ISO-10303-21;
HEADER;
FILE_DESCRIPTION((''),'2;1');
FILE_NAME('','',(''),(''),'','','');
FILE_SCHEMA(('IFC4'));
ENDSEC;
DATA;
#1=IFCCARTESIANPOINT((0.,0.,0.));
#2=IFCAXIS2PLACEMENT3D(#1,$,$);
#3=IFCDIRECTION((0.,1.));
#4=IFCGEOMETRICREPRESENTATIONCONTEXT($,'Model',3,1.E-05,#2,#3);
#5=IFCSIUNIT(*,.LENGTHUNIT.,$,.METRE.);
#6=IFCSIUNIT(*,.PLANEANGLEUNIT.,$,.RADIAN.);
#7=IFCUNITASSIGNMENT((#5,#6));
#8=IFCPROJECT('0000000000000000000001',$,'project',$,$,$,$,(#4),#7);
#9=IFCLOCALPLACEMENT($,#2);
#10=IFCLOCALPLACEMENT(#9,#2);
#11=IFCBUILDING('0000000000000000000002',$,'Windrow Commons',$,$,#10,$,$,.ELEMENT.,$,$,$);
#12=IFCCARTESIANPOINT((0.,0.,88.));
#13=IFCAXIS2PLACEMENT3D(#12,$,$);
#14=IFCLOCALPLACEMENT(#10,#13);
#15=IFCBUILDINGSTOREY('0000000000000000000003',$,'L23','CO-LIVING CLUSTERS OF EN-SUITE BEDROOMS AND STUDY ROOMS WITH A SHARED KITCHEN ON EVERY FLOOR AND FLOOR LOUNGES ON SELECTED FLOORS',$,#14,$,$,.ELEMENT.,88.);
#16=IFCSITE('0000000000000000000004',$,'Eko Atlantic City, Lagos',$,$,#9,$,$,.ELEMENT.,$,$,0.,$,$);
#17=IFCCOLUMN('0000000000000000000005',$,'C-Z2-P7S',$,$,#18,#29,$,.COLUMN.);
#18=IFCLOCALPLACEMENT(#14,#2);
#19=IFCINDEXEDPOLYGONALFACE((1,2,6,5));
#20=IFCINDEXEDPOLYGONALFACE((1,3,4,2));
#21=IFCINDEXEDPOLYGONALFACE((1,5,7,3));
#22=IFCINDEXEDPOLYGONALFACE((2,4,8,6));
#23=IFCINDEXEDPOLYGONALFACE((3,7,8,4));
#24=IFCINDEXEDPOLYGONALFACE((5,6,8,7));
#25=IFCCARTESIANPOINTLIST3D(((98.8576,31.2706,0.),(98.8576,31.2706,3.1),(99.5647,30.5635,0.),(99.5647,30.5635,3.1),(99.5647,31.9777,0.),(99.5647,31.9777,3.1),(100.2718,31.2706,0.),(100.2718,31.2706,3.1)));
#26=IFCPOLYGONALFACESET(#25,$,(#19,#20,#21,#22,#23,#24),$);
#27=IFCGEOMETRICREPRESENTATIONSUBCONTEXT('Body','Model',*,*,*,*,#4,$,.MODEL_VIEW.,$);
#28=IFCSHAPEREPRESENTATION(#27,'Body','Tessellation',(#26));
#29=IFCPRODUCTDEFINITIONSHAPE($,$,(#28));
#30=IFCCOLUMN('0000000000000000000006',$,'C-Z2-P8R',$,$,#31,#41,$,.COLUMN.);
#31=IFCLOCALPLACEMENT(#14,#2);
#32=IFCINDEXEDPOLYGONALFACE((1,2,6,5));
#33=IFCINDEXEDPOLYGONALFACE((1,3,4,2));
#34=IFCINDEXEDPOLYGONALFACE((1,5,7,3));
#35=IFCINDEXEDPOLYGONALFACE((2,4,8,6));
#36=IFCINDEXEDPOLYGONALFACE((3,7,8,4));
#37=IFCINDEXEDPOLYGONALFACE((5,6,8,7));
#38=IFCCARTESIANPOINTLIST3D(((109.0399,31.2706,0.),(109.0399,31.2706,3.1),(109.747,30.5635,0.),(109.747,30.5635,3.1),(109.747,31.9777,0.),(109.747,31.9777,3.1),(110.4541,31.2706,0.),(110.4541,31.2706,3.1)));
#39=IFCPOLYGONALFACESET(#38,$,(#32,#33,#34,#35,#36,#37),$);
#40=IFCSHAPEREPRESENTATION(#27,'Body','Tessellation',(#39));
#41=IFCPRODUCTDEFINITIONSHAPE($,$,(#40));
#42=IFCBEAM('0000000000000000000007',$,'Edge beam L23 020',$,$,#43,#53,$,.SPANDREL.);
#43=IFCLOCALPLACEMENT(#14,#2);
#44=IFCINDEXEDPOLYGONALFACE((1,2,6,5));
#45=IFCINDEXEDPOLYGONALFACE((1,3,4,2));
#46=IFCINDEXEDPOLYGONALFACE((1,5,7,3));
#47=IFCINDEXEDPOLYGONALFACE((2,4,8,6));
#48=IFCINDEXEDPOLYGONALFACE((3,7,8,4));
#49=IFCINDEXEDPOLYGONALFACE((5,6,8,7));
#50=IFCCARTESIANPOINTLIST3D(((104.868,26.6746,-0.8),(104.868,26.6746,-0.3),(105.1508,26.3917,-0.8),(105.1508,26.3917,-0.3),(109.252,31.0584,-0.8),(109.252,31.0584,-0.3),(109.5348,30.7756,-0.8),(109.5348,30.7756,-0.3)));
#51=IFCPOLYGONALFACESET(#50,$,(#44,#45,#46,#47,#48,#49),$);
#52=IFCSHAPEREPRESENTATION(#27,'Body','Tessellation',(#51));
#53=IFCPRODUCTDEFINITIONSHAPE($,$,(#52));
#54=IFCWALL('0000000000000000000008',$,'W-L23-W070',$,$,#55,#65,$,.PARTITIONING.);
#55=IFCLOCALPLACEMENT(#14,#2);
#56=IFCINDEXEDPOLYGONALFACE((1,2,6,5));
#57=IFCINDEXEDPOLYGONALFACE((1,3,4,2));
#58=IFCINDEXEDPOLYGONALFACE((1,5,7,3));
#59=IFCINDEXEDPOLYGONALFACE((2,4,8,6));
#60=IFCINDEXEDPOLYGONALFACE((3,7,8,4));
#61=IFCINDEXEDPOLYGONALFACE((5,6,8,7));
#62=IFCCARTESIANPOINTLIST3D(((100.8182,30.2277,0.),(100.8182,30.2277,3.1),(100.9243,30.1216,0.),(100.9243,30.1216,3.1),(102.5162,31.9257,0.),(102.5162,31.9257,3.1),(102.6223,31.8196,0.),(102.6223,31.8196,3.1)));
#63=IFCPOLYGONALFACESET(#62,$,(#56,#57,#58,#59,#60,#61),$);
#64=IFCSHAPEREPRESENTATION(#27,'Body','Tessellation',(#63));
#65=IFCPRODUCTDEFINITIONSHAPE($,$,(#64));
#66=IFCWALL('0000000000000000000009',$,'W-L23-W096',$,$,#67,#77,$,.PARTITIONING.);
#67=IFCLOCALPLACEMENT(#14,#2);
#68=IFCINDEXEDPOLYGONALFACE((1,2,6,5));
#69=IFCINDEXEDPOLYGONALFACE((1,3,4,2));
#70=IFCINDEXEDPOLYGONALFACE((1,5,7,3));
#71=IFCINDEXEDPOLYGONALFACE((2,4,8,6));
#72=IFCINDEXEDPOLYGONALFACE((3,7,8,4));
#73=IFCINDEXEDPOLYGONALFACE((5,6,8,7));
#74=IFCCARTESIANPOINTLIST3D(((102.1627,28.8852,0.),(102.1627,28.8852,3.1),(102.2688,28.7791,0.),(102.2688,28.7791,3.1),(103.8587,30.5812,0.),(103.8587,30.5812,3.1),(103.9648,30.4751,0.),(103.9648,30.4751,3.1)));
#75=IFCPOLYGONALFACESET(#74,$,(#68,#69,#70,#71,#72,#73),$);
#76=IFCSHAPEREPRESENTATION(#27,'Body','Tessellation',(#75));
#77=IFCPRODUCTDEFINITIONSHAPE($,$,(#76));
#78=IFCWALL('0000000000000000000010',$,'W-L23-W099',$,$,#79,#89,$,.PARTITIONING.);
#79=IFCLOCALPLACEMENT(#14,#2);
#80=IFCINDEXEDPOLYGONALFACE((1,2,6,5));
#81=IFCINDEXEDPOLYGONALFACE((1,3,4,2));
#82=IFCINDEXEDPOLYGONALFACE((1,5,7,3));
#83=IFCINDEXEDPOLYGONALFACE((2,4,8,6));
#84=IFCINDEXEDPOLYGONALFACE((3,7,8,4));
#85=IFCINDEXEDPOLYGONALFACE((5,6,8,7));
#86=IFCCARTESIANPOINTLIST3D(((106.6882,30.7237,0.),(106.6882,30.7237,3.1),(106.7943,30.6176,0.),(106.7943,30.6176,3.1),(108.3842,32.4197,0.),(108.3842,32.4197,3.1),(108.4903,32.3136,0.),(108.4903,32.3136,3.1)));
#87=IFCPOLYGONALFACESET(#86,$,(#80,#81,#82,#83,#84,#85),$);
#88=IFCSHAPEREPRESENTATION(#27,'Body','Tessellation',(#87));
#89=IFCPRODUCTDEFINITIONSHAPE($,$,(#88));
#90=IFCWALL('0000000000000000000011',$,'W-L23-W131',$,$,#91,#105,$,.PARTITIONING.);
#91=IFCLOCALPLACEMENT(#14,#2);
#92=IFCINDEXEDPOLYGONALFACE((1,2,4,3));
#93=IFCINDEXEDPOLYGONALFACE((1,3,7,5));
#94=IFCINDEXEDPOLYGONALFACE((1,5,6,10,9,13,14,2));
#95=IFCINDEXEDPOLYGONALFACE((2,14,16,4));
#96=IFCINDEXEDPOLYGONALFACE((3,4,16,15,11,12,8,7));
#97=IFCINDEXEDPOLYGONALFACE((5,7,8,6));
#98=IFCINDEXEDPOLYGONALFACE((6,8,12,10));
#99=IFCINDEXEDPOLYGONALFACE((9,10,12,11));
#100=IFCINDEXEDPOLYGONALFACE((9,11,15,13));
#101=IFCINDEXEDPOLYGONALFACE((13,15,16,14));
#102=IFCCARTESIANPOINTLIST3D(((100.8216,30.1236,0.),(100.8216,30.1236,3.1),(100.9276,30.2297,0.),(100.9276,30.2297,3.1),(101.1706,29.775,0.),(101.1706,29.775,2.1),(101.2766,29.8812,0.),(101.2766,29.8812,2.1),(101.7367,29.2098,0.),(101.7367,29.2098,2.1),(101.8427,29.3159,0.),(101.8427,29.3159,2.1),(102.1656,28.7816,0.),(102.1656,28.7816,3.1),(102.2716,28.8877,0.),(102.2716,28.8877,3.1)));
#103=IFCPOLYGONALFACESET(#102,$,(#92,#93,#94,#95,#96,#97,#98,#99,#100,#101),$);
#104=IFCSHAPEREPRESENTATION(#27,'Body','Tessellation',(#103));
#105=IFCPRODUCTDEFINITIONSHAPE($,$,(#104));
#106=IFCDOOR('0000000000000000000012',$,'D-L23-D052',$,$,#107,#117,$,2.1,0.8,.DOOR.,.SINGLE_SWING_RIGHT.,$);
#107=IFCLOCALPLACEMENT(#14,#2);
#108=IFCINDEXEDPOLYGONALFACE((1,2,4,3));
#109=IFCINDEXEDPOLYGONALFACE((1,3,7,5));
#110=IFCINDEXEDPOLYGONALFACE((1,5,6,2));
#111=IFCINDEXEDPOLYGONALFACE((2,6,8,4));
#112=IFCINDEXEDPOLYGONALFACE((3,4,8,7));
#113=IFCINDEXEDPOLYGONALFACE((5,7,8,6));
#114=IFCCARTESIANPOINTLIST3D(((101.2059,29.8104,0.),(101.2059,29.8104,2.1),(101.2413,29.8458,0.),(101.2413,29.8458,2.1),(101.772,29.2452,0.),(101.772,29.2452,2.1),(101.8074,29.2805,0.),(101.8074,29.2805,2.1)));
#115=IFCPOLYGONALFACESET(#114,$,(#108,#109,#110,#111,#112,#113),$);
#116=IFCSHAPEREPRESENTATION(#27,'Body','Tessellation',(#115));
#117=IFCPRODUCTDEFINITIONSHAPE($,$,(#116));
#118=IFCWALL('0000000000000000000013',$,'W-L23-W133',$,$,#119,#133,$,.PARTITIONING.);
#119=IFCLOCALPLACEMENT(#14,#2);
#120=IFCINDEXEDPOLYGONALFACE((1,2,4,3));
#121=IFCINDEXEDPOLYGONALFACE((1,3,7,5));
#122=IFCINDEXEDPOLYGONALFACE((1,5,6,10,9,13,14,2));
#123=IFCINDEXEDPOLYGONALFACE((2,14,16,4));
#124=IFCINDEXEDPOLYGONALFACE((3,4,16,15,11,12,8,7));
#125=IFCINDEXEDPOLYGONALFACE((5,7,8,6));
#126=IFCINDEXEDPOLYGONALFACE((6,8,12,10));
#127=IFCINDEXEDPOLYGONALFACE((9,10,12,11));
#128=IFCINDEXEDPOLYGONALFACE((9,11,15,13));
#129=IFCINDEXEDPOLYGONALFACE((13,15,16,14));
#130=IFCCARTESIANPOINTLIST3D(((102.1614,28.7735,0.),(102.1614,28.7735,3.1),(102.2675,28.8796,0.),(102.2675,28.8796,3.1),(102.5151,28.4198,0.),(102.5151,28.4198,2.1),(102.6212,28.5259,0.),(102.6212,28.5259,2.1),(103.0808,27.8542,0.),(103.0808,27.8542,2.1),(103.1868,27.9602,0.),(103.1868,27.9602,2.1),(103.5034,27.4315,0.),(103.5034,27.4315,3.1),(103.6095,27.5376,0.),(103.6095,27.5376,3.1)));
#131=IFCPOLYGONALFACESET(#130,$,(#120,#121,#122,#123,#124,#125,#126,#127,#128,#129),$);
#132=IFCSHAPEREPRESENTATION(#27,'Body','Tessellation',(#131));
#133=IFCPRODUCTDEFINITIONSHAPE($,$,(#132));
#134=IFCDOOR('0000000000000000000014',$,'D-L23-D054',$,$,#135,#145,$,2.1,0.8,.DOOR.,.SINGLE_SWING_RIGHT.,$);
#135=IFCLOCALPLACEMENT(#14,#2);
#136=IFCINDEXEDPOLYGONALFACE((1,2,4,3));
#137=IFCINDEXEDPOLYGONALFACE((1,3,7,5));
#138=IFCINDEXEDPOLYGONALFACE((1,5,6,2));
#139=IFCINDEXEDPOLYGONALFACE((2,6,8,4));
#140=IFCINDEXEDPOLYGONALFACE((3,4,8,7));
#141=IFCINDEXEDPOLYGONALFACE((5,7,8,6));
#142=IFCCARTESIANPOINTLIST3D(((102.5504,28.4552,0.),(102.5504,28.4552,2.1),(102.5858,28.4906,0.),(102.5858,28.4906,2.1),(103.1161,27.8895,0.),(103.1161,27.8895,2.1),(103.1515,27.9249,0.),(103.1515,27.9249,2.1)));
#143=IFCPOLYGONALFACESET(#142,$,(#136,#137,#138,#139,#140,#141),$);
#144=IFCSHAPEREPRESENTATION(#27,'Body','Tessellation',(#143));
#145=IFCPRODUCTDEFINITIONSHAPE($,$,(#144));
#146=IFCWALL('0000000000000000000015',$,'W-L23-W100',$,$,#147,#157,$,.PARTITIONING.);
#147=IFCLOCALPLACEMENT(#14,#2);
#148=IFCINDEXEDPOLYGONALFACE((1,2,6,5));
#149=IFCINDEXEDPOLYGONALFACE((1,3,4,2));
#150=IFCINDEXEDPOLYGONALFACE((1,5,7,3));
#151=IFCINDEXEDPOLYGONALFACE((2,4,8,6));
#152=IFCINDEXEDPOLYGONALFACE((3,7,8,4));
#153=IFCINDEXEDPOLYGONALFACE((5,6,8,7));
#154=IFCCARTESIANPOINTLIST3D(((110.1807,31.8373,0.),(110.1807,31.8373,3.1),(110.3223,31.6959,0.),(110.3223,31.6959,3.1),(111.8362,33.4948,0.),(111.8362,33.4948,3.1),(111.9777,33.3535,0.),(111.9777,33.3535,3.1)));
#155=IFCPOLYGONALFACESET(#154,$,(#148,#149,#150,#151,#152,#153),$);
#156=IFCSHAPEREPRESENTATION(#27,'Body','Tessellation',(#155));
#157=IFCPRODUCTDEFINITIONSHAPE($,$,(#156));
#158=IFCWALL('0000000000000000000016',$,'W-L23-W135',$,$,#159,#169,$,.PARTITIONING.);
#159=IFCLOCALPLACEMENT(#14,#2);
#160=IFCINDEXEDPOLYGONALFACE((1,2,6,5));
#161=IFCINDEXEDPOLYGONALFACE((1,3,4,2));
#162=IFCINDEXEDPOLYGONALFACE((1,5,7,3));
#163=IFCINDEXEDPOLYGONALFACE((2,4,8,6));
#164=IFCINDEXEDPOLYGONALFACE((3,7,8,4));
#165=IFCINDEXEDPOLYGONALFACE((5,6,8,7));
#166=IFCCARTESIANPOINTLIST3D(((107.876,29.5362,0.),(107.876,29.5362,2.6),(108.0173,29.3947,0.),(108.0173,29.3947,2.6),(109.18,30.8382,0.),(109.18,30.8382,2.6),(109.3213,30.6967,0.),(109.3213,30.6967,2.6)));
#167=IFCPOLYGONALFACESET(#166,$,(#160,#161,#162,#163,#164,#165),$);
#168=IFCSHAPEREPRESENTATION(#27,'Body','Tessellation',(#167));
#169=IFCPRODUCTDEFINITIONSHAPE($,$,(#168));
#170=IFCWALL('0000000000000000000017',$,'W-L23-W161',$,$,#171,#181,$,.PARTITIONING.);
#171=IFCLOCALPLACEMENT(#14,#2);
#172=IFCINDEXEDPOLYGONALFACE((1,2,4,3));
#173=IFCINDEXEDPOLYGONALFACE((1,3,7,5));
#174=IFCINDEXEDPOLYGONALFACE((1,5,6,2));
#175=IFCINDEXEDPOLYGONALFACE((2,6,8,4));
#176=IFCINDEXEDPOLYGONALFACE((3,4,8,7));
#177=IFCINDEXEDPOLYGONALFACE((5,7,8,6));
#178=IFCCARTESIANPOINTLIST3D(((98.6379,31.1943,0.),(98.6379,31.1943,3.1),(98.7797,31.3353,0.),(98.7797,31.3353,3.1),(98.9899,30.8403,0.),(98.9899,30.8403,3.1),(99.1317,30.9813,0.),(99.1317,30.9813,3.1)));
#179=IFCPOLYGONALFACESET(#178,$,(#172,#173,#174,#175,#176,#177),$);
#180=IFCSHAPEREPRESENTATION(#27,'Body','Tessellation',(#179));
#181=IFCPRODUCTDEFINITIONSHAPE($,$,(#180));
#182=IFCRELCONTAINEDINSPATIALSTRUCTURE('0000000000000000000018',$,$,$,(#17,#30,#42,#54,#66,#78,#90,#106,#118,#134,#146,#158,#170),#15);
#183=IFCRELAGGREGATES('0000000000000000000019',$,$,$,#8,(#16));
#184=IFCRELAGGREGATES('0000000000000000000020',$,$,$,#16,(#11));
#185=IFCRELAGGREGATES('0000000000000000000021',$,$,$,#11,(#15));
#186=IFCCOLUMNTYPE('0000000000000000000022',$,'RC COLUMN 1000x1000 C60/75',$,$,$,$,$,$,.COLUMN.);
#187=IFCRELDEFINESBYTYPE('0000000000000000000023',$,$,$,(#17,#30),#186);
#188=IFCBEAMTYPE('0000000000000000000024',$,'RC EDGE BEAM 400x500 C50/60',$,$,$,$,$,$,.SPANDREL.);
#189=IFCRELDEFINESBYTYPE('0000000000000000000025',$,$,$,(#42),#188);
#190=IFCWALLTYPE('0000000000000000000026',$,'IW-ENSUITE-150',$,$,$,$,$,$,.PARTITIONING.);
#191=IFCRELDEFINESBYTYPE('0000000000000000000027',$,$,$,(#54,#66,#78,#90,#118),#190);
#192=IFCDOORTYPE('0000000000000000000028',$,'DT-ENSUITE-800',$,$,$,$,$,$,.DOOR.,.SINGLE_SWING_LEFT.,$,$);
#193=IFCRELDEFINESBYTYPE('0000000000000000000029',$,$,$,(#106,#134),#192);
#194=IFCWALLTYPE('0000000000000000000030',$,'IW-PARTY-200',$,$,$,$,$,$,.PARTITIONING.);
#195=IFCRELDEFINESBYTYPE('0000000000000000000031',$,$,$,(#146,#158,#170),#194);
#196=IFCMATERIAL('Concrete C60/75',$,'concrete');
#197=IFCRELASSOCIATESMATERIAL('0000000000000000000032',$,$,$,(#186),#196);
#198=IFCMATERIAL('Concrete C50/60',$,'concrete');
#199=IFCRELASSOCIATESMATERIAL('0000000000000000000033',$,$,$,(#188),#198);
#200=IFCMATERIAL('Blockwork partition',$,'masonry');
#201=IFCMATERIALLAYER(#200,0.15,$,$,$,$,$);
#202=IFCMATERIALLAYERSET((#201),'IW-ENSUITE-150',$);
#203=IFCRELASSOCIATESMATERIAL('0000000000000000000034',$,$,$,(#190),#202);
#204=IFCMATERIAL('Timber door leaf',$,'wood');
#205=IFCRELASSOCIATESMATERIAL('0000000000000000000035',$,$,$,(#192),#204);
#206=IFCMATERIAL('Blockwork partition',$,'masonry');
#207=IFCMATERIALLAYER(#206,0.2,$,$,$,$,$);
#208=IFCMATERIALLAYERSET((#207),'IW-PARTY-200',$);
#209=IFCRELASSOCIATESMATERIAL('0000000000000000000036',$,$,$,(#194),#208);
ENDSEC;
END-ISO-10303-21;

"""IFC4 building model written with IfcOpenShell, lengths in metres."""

from ifc_helpers import new_model, si_unit, direction, frame, frame_2d, origin, origin_2d, place, context, subcontext, project, spatial, rectangle, extrude, material, layer, layer_set, material_profile, profile_set, type_object, element, fill, save


model = new_model("IFC4")

# Units and contexts
model_context = context("Model", 3, precision=1e-05, world=origin(), true_north=direction((0.0, 1.0)))
body_context = subcontext(model_context, "Body", "Model", "MODEL_VIEW")
ifc_project = project(units=[si_unit("LENGTHUNIT", "METRE"), si_unit("PLANEANGLEUNIT", "RADIAN")], contexts=[model_context])

# Site, building, storey
site_placement = place(None, origin())
site = spatial("IfcSite", under=ifc_project, at=site_placement, Name="Eko Atlantic City, Lagos", CompositionType="ELEMENT", RefElevation=0.0)
building_placement = place(site_placement, origin())
building = spatial("IfcBuilding", under=site, at=building_placement, Name="Windrow Commons", CompositionType="ELEMENT")
storey_placement = place(building_placement, frame((0.0, 0.0, 88.0)))
storey = spatial("IfcBuildingStorey", under=building, at=storey_placement, Name="L23", Description="CO-LIVING CLUSTERS OF EN-SUITE BEDROOMS AND STUDY ROOMS WITH A SHARED KITCHEN ON EVERY FLOOR AND FLOOR LOUNGES ON SELECTED FLOORS", CompositionType="ELEMENT", Elevation=88.0)

# Columns
ifc_material_1 = material(Name="Concrete C60/75", Category="concrete")
ifc_material_profile_1 = material_profile(ifc_material_1, rectangle(XDim=1.0, YDim=1.0, at=origin_2d()))
ifc_profile_set_1 = profile_set([ifc_material_profile_1], Name="Concrete C60/75")
column_type = type_object("IfcColumnType", Name="RC COLUMN 1000x1000 C60/75", PredefinedType="COLUMN", material=ifc_profile_set_1)
for number, where, z_axis, x_axis, name in (
    (1, (99.5647, 31.2706, 0.0), (0.0, 0.0, 1.0), (0.707107, -0.707107, 0.0), "C-Z2-P7S"),
    (2, (109.747, 31.2706, 0.0), (0.0, 0.0, 1.0), (0.707107, -0.707107, 0.0), "C-Z2-P8R"),
):
    element("IfcColumn", number, at=place(storey_placement, frame(where, z_axis=z_axis, x_axis=x_axis)), inside=storey, type_object=column_type, Name=name, PredefinedType="COLUMN", context=body_context, shape_type="SweptSolid", body=[
        extrude(rectangle(XDim=1.0, YDim=1.0, at=origin_2d()), origin(), (0.0, 0.0, 1.0), 3.1),
    ])

# Beam
ifc_material_2 = material(Name="Concrete C50/60", Category="concrete")
ifc_material_profile_2 = material_profile(ifc_material_2, rectangle(XDim=0.4, YDim=0.5, at=origin_2d()))
ifc_profile_set_2 = profile_set([ifc_material_profile_2], Name="Concrete C50/60")
beam_type = type_object("IfcBeamType", Name="RC EDGE BEAM 400x500 C50/60", PredefinedType="SPANDREL", material=ifc_profile_set_2)
beam_placement = place(storey_placement, frame((109.3934, 30.917, -0.55), z_axis=(-0.707115, -0.707099, 0.0), x_axis=(0.707099, -0.707115, 0.0)))
element("IfcBeam", 3, at=beam_placement, inside=storey, type_object=beam_type, Name="Edge beam L23 020", PredefinedType="SPANDREL", context=body_context, shape_type="SweptSolid", body=[
    extrude(rectangle(XDim=0.4, YDim=0.5, at=origin_2d()), origin(), (0.0, 0.0, 1.0), 6.1998),
])

# Walls
ifc_material_3 = material(Name="Blockwork partition", Category="masonry")
ifc_layer_1 = layer(ifc_material_3, 0.15)
ifc_layer_set_1 = layer_set([ifc_layer_1], Name="IW-ENSUITE-150")
wall_type_1 = type_object("IfcWallType", Name="IW-ENSUITE-150", PredefinedType="PARTITIONING", material=ifc_layer_set_1)
wall_1_placement = place(storey_placement, frame((100.8713, 30.1747, 0.0), z_axis=(0.0, 0.0, 1.0), x_axis=(0.707107, 0.707107, 0.0)))
element("IfcWall", 4, at=wall_1_placement, inside=storey, type_object=wall_type_1, Name="W-L23-W070", PredefinedType="PARTITIONING", context=body_context, shape_type="SweptSolid", body=[
    extrude(rectangle(XDim=2.4013, YDim=0.15, at=frame_2d((1.2006, 0.0))), origin(), (0.0, 0.0, 1.0), 3.1),
])
for number, where, z_axis, x_axis, name in (
    (5, (102.2158, 28.8322, 0.0), (0.0, 0.0, 1.0), (0.707107, 0.707107, 0.0), "W-L23-W096"),
    (6, (106.7413, 30.6707, 0.0), (0.0, 0.0, 1.0), (0.707107, 0.707107, 0.0), "W-L23-W099"),
):
    element("IfcWall", number, at=place(storey_placement, frame(where, z_axis=z_axis, x_axis=x_axis)), inside=storey, type_object=wall_type_1, Name=name, PredefinedType="PARTITIONING", context=body_context, shape_type="SweptSolid", body=[
        extrude(rectangle(XDim=2.3985, YDim=0.15, at=frame_2d((1.1992, 0.0))), origin(), (0.0, 0.0, 1.0), 3.1),
    ])

# Walls, openings, doors
wall_2_placement = place(storey_placement, frame((100.8746, 30.1766, 0.0), z_axis=(0.0, 0.0, 1.0), x_axis=(0.707633, -0.70658, 0.0)))
wall_2 = element("IfcWall", 7, at=wall_2_placement, inside=storey, type_object=wall_type_1, Name="W-L23-W131", PredefinedType="PARTITIONING", context=body_context, shape_type="SweptSolid", body=[
    extrude(rectangle(XDim=1.8993, YDim=0.15, at=frame_2d((0.9496, 0.0))), origin(), (0.0, 0.0, 1.0), 3.1),
])
opening_1_placement = place(wall_2_placement, frame((0.4932, 0.0, 0.0)))
opening_1 = element("IfcOpeningElement", 8, at=opening_1_placement, cuts=wall_2, PredefinedType="OPENING", context=body_context, shape_type="SweptSolid", body=[
    extrude(rectangle(XDim=0.8, YDim=2.1, at=frame_2d((0.4, 1.05))), frame((0.0, 0.085, 0.0), z_axis=(0.0, -1.0, 0.0), x_axis=(1.0, 0.0, 0.0)), (0.0, 0.0, 1.0), 0.17),
])
ifc_material_4 = material(Name="Timber door leaf", Category="wood")
door_type = type_object("IfcDoorType", Name="DT-ENSUITE-800", OperationType="SINGLE_SWING_LEFT", PredefinedType="DOOR", material=ifc_material_4)
door_1_placement = place(opening_1_placement, origin())
door_1 = element("IfcDoor", 9, at=door_1_placement, inside=storey, type_object=door_type, Name="D-L23-D052", OperationType="SINGLE_SWING_RIGHT", OverallHeight=2.1, OverallWidth=0.8, PredefinedType="DOOR", context=body_context, shape_type="SweptSolid", body=[
    extrude(rectangle(XDim=0.8, YDim=2.1, at=frame_2d((0.4, 1.05))), frame((0.0, 0.025, 0.0), z_axis=(0.0, -1.0, 0.0), x_axis=(1.0, 0.0, 0.0)), (0.0, 0.0, 1.0), 0.05),
])
fill(opening_1, door_1)
wall_3_placement = place(storey_placement, frame((102.2145, 28.8265, 0.0), z_axis=(0.0, 0.0, 1.0), x_axis=(0.707107, -0.707107, 0.0)))
wall_3 = element("IfcWall", 10, at=wall_3_placement, inside=storey, type_object=wall_type_1, Name="W-L23-W133", PredefinedType="PARTITIONING", context=body_context, shape_type="SweptSolid", body=[
    extrude(rectangle(XDim=1.8979, YDim=0.15, at=frame_2d((0.9489, 0.0))), origin(), (0.0, 0.0, 1.0), 3.1),
])
opening_2_placement = place(wall_3_placement, frame((0.5001, 0.0, 0.0)))
opening_2 = element("IfcOpeningElement", 11, at=opening_2_placement, cuts=wall_3, PredefinedType="OPENING", context=body_context, shape_type="SweptSolid", body=[
    extrude(rectangle(XDim=0.8, YDim=2.1, at=frame_2d((0.4, 1.05))), frame((0.0, 0.085, 0.0), z_axis=(0.0, -1.0, 0.0), x_axis=(1.0, 0.0, 0.0)), (0.0, 0.0, 1.0), 0.17),
])
door_2_placement = place(opening_2_placement, origin())
door_2 = element("IfcDoor", 12, at=door_2_placement, inside=storey, type_object=door_type, Name="D-L23-D054", OperationType="SINGLE_SWING_RIGHT", OverallHeight=2.1, OverallWidth=0.8, PredefinedType="DOOR", context=body_context, shape_type="SweptSolid", body=[
    extrude(rectangle(XDim=0.8, YDim=2.1, at=frame_2d((0.4, 1.05))), frame((0.0, 0.025, 0.0), z_axis=(0.0, -1.0, 0.0), x_axis=(1.0, 0.0, 0.0)), (0.0, 0.0, 1.0), 0.05),
])
fill(opening_2, door_2)

# Walls
ifc_material_5 = material(Name="Blockwork partition", Category="masonry")
ifc_layer_2 = layer(ifc_material_5, 0.2)
ifc_layer_set_2 = layer_set([ifc_layer_2], Name="IW-PARTY-200")
wall_type_2 = type_object("IfcWallType", Name="IW-PARTY-200", PredefinedType="PARTITIONING", material=ifc_layer_set_2)
wall_4_placement = place(storey_placement, frame((110.2515, 31.7666, 0.0), z_axis=(0.0, 0.0, 1.0), x_axis=(0.706658, 0.707555, 0.0)))
element("IfcWall", 13, at=wall_4_placement, inside=storey, type_object=wall_type_2, Name="W-L23-W100", PredefinedType="PARTITIONING", context=body_context, shape_type="SweptSolid", body=[
    extrude(rectangle(XDim=2.3426, YDim=0.2, at=frame_2d((1.1713, 0.0))), origin(), (0.0, 0.0, 1.0), 3.1),
])
wall_5_placement = place(storey_placement, frame((107.9466, 29.4654, 0.0), z_axis=(0.0, 0.0, 1.0), x_axis=(0.707649, 0.706564, 0.0)))
element("IfcWall", 14, at=wall_5_placement, inside=storey, type_object=wall_type_2, Name="W-L23-W135", PredefinedType="PARTITIONING", context=body_context, shape_type="SweptSolid", body=[
    extrude(rectangle(XDim=1.8427, YDim=0.2, at=frame_2d((0.9214, 0.0))), origin(), (0.0, 0.0, 1.0), 2.6),
])
wall_6_placement = place(storey_placement, frame((98.7088, 31.2648, 0.0), z_axis=(0.0, 0.0, 1.0), x_axis=(0.705101, -0.709107, 0.0)))
element("IfcWall", 15, at=wall_6_placement, inside=storey, type_object=wall_type_2, Name="W-L23-W161", PredefinedType="PARTITIONING", context=body_context, shape_type="SweptSolid", body=[
    extrude(rectangle(XDim=0.4992, YDim=0.2, at=frame_2d((0.2496, 0.0))), origin(), (0.0, 0.0, 1.0), 3.1),
])

save(model, "model.ifc")
